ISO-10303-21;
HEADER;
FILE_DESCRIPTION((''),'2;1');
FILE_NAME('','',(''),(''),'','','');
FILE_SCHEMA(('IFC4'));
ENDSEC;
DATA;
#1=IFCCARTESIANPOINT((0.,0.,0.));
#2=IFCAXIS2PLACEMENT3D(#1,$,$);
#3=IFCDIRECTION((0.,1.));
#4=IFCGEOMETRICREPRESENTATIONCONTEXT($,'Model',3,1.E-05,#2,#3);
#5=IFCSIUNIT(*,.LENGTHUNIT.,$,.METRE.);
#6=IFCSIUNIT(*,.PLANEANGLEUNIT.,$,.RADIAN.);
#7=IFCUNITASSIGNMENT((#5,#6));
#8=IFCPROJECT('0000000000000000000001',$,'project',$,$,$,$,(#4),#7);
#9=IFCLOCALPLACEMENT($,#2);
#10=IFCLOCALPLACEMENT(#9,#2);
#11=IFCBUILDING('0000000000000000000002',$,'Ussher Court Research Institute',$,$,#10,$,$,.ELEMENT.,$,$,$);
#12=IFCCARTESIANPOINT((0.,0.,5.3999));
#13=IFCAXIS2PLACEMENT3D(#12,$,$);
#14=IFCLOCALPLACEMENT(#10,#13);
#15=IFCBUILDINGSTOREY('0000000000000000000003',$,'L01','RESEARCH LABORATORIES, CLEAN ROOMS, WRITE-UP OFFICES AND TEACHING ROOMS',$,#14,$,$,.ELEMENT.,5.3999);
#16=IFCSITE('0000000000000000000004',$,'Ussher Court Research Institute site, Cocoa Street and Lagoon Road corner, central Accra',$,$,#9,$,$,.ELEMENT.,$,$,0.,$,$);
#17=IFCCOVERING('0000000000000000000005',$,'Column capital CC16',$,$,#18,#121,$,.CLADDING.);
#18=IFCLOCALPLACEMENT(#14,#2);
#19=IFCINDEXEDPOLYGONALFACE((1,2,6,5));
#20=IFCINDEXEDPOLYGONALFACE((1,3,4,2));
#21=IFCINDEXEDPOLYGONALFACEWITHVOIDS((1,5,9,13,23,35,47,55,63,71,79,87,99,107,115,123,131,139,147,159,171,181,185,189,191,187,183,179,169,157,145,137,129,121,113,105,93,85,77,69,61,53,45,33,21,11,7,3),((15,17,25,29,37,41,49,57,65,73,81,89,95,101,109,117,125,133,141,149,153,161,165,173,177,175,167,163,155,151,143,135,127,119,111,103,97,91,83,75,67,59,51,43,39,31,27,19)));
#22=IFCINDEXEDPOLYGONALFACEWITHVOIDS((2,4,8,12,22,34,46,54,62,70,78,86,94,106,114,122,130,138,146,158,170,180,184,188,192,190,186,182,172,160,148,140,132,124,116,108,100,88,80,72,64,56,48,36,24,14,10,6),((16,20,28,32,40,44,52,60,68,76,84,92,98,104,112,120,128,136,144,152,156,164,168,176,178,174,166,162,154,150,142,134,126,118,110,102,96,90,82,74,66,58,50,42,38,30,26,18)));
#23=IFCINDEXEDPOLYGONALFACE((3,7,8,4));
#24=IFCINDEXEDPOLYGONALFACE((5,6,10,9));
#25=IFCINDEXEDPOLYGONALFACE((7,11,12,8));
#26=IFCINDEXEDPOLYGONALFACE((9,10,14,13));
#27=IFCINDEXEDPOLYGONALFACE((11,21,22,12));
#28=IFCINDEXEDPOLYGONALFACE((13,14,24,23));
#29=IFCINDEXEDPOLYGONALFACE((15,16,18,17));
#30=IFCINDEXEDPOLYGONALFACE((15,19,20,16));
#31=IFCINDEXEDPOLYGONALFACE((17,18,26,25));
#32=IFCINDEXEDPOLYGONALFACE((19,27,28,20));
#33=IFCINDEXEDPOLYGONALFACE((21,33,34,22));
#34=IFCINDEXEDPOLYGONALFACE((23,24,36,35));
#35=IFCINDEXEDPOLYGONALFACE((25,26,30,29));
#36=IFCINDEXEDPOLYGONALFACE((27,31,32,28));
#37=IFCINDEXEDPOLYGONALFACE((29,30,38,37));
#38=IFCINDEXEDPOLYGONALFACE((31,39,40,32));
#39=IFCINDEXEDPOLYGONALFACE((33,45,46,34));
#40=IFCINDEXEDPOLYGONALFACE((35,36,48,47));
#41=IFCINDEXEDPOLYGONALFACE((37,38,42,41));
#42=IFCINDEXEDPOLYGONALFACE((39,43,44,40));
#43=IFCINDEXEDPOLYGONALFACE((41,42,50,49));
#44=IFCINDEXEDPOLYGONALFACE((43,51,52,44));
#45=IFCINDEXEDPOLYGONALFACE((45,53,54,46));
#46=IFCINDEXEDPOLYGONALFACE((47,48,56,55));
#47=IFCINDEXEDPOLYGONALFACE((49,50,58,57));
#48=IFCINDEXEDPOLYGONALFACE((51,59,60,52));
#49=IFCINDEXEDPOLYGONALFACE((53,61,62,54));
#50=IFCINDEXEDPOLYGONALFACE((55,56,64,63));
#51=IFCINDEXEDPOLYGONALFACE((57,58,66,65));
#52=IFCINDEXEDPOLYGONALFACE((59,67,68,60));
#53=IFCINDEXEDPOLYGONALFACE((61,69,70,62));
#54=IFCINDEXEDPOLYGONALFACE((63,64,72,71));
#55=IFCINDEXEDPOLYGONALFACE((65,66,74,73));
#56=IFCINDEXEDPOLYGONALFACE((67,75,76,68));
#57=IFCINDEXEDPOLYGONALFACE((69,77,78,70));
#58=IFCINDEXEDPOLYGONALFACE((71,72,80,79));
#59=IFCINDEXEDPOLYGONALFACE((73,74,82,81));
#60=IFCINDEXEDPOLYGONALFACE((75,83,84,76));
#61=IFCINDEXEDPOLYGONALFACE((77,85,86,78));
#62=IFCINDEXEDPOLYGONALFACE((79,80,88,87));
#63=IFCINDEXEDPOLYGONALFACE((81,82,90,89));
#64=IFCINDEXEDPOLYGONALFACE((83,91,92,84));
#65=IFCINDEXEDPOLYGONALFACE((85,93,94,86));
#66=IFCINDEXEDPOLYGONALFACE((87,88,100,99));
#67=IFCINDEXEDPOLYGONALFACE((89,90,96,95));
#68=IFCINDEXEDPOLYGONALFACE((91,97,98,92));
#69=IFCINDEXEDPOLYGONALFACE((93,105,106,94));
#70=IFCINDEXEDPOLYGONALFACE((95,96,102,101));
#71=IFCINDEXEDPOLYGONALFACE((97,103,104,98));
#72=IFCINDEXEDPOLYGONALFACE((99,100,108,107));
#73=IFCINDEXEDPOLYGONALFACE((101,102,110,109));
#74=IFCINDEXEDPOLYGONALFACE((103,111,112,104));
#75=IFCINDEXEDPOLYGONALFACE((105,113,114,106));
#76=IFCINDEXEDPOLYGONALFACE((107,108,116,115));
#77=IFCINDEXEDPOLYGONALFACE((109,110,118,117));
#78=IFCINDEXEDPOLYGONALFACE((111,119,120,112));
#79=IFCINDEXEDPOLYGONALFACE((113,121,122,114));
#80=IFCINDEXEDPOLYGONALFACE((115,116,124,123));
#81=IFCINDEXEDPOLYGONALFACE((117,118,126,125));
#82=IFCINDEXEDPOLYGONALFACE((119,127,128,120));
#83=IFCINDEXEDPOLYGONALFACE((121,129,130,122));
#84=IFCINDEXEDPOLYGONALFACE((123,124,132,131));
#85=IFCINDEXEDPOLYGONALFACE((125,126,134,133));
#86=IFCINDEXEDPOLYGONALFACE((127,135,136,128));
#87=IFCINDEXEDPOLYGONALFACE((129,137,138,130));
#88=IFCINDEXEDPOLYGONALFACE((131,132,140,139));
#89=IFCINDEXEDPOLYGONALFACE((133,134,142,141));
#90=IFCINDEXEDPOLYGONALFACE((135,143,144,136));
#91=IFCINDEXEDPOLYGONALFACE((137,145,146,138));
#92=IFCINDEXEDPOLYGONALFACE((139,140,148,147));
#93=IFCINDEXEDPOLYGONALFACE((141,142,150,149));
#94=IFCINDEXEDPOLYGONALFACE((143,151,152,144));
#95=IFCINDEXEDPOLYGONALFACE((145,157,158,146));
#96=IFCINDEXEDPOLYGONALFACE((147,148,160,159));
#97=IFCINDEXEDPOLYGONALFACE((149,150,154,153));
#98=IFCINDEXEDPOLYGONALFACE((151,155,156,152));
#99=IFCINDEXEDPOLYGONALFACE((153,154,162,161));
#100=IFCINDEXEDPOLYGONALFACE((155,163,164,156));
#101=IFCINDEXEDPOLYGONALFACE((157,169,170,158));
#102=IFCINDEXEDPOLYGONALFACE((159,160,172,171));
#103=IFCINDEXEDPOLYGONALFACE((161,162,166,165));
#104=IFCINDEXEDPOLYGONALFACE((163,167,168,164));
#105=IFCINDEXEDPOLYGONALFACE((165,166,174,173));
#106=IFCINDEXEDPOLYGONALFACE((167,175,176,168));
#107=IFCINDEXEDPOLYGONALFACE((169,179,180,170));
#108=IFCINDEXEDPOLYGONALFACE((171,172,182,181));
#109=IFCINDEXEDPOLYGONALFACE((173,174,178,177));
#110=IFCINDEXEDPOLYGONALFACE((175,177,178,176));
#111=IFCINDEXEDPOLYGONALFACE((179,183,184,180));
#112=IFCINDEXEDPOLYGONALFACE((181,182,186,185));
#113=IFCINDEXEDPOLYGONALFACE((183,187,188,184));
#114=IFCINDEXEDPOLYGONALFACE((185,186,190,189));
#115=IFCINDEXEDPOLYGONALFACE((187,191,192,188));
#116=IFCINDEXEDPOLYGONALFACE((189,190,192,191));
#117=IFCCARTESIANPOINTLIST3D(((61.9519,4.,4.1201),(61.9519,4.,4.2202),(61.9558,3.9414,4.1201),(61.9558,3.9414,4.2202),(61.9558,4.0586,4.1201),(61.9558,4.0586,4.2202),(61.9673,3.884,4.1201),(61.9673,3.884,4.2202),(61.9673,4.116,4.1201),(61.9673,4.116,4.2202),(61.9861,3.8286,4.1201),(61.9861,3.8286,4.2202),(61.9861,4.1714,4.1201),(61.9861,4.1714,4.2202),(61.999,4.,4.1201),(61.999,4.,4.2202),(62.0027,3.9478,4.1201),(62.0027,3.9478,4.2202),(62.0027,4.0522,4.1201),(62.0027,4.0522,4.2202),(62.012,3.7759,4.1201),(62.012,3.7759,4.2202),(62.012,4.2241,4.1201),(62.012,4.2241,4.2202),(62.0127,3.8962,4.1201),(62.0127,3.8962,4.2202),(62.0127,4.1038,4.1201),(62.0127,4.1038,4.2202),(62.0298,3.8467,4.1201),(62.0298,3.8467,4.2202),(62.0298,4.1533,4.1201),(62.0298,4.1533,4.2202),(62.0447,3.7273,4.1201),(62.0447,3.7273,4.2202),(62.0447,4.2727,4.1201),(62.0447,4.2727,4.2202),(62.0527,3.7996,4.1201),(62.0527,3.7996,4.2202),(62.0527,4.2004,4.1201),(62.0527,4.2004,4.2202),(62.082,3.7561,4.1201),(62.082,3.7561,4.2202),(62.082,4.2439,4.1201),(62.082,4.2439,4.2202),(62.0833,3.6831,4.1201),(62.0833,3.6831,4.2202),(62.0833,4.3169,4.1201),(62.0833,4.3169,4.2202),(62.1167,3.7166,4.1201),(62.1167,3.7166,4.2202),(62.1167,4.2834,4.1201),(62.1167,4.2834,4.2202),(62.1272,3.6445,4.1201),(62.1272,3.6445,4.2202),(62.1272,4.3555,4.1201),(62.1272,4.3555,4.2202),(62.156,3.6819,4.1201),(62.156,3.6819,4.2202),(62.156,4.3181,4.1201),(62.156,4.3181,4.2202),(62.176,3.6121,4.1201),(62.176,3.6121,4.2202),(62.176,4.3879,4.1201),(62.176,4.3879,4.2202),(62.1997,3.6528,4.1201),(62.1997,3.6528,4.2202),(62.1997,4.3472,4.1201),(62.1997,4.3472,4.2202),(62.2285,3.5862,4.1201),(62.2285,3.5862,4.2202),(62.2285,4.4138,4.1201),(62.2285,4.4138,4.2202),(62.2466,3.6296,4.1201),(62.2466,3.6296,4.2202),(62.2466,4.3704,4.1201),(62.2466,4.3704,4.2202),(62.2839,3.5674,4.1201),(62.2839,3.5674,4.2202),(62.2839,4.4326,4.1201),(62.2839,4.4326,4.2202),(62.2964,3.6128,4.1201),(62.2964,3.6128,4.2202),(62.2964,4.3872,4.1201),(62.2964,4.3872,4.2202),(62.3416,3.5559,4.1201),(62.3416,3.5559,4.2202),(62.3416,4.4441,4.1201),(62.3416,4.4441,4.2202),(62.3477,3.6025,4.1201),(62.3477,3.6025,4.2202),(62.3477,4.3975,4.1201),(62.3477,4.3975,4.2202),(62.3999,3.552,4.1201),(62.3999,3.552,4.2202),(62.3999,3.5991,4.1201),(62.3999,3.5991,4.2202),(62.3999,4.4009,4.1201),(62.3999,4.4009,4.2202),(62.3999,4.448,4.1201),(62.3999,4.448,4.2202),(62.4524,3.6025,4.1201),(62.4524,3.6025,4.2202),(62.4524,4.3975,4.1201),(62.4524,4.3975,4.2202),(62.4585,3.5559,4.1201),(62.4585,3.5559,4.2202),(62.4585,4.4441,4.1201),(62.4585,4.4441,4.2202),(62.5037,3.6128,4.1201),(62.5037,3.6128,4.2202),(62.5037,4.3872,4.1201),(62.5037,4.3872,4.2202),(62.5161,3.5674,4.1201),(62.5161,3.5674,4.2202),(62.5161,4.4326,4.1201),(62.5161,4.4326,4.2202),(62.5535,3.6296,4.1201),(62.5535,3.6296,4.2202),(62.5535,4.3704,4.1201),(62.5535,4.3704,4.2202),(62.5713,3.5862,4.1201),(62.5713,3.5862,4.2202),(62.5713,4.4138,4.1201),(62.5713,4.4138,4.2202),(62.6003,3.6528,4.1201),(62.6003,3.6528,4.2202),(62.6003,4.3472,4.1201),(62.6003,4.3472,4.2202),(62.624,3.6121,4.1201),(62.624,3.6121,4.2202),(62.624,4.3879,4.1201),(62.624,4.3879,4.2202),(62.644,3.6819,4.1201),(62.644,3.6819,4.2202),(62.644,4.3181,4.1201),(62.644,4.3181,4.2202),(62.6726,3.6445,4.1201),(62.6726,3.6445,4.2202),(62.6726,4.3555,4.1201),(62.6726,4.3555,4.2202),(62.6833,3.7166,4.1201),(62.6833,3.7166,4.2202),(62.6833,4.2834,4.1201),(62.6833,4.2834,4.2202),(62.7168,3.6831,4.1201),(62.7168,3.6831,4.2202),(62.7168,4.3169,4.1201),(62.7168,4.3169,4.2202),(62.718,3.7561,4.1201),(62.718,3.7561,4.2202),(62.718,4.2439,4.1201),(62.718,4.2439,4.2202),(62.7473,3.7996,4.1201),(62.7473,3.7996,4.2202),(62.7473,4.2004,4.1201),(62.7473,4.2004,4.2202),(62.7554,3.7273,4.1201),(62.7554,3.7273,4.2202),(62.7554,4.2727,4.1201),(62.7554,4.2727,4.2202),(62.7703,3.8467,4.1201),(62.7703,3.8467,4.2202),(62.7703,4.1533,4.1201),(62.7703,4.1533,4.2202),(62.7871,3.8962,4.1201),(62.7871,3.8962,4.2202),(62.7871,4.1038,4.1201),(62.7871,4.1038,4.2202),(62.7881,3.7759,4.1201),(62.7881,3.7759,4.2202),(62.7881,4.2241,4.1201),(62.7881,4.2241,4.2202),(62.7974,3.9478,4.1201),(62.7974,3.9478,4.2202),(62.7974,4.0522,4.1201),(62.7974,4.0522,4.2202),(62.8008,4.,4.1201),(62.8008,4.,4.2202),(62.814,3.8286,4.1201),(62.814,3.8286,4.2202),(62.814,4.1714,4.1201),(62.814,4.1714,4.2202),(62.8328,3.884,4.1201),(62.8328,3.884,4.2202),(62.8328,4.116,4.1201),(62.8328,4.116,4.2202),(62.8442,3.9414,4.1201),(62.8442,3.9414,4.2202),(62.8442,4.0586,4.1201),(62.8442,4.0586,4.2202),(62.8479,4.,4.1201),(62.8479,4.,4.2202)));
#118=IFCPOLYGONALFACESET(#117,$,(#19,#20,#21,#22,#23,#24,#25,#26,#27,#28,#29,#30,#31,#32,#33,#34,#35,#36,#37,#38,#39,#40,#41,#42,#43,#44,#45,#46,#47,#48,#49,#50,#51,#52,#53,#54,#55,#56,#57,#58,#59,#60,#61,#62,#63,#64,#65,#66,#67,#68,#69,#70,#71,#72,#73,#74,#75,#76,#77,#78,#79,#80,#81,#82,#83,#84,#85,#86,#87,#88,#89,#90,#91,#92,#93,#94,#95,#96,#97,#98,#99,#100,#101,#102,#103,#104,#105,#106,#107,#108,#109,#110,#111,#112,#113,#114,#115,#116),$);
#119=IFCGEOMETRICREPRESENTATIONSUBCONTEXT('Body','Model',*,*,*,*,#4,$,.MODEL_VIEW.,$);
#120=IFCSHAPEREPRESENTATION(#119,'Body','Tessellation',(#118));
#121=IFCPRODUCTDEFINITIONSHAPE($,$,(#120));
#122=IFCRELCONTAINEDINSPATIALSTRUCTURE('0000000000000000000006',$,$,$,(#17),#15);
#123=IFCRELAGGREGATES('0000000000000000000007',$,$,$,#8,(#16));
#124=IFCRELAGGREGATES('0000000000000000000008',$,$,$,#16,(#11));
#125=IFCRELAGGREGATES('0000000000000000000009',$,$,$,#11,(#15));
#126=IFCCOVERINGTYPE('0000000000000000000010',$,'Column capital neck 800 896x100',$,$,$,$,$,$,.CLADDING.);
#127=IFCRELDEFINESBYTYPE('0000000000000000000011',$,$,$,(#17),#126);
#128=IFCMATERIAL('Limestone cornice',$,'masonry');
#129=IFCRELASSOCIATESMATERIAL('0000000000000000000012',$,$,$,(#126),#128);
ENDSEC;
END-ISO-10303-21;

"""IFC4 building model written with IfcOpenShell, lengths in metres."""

from ifc_helpers import new_model, si_unit, direction, frame, origin, place, context, subcontext, project, spatial, polyline, outline, extrude, material, type_object, element, save


model = new_model("IFC4")

# Units and contexts
model_context = context("Model", 3, precision=1e-05, world=origin(), true_north=direction((0.0, 1.0)))
body_context = subcontext(model_context, "Body", "Model", "MODEL_VIEW")
ifc_project = project(units=[si_unit("LENGTHUNIT", "METRE"), si_unit("PLANEANGLEUNIT", "RADIAN")], contexts=[model_context])

# Site, building, storey
site_placement = place(None, origin())
site = spatial("IfcSite", under=ifc_project, at=site_placement, Name="Ussher Court Research Institute site, Cocoa Street and Lagoon Road corner, central Accra", CompositionType="ELEMENT", RefElevation=0.0)
building_placement = place(site_placement, origin())
building = spatial("IfcBuilding", under=site, at=building_placement, Name="Ussher Court Research Institute", CompositionType="ELEMENT")
storey_placement = place(building_placement, frame((0.0, 0.0, 5.3999)))
storey = spatial("IfcBuildingStorey", under=building, at=storey_placement, Name="L01", Description="RESEARCH LABORATORIES, CLEAN ROOMS, WRITE-UP OFFICES AND TEACHING ROOMS", CompositionType="ELEMENT", Elevation=5.3999)

# Covering
ifc_material_1 = material(Name="Limestone cornice", Category="masonry")
covering_type_1 = type_object("IfcCoveringType", Name="Column capital neck 800 896x100", PredefinedType="CLADDING", material=ifc_material_1)
covering_1_placement = place(storey_placement, frame((0.0, 0.0, 4.1201)))
element("IfcCovering", 1, at=covering_1_placement, inside=storey, type_object=covering_type_1, Name="Column capital CC16", PredefinedType="CLADDING", context=body_context, shape_type="SweptSolid", body=[
    extrude(outline(polyline([(62.8479, 4.0), (62.8442, 4.0586), (62.8328, 4.116), (62.814, 4.1714), (62.7881, 4.2241), (62.7554, 4.2727), (62.7168, 4.3169), (62.6726, 4.3555), (62.624, 4.3879), (62.5713, 4.4138), (62.5161, 4.4326), (62.4585, 4.4441), (62.3999, 4.448), (62.3416, 4.4441), (62.2839, 4.4326), (62.2285, 4.4138), (62.176, 4.3879), (62.1272, 4.3555), (62.0833, 4.3169), (62.0447, 4.2727), (62.012, 4.2241), (61.9861, 4.1714), (61.9673, 4.116), (61.9558, 4.0586), (61.9519, 4.0), (61.9558, 3.9414), (61.9673, 3.884), (61.9861, 3.8286), (62.012, 3.7759), (62.0447, 3.7273), (62.0833, 3.6831), (62.1272, 3.6445), (62.176, 3.6121), (62.2285, 3.5862), (62.2839, 3.5674), (62.3416, 3.5559), (62.3999, 3.552), (62.4585, 3.5559), (62.5161, 3.5674), (62.5713, 3.5862), (62.624, 3.6121), (62.6726, 3.6445), (62.7168, 3.6831), (62.7554, 3.7273), (62.7881, 3.7759), (62.814, 3.8286), (62.8328, 3.884), (62.8442, 3.9414), (62.8479, 4.0)]), holes=[polyline([(62.8008, 4.0), (62.7974, 4.0522), (62.7871, 4.1038), (62.7703, 4.1533), (62.7473, 4.2004), (62.718, 4.2439), (62.6833, 4.2834), (62.644, 4.3181), (62.6003, 4.3472), (62.5535, 4.3704), (62.5037, 4.3872), (62.4524, 4.3975), (62.3999, 4.4009), (62.3477, 4.3975), (62.2964, 4.3872), (62.2466, 4.3704), (62.1997, 4.3472), (62.156, 4.3181), (62.1167, 4.2834), (62.082, 4.2439), (62.0527, 4.2004), (62.0298, 4.1533), (62.0127, 4.1038), (62.0027, 4.0522), (61.999, 4.0), (62.0027, 3.9478), (62.0127, 3.8962), (62.0298, 3.8467), (62.0527, 3.7996), (62.082, 3.7561), (62.1167, 3.7166), (62.156, 3.6819), (62.1997, 3.6528), (62.2466, 3.6296), (62.2964, 3.6128), (62.3477, 3.6025), (62.3999, 3.5991), (62.4524, 3.6025), (62.5037, 3.6128), (62.5535, 3.6296), (62.6003, 3.6528), (62.644, 3.6819), (62.6833, 3.7166), (62.718, 3.7561), (62.7473, 3.7996), (62.7703, 3.8467), (62.7871, 3.8962), (62.7974, 3.9478), (62.8008, 4.0)])]), origin(), (0.0, 0.0, 1.0), 0.1001),
])

save(model, "model.ifc")
